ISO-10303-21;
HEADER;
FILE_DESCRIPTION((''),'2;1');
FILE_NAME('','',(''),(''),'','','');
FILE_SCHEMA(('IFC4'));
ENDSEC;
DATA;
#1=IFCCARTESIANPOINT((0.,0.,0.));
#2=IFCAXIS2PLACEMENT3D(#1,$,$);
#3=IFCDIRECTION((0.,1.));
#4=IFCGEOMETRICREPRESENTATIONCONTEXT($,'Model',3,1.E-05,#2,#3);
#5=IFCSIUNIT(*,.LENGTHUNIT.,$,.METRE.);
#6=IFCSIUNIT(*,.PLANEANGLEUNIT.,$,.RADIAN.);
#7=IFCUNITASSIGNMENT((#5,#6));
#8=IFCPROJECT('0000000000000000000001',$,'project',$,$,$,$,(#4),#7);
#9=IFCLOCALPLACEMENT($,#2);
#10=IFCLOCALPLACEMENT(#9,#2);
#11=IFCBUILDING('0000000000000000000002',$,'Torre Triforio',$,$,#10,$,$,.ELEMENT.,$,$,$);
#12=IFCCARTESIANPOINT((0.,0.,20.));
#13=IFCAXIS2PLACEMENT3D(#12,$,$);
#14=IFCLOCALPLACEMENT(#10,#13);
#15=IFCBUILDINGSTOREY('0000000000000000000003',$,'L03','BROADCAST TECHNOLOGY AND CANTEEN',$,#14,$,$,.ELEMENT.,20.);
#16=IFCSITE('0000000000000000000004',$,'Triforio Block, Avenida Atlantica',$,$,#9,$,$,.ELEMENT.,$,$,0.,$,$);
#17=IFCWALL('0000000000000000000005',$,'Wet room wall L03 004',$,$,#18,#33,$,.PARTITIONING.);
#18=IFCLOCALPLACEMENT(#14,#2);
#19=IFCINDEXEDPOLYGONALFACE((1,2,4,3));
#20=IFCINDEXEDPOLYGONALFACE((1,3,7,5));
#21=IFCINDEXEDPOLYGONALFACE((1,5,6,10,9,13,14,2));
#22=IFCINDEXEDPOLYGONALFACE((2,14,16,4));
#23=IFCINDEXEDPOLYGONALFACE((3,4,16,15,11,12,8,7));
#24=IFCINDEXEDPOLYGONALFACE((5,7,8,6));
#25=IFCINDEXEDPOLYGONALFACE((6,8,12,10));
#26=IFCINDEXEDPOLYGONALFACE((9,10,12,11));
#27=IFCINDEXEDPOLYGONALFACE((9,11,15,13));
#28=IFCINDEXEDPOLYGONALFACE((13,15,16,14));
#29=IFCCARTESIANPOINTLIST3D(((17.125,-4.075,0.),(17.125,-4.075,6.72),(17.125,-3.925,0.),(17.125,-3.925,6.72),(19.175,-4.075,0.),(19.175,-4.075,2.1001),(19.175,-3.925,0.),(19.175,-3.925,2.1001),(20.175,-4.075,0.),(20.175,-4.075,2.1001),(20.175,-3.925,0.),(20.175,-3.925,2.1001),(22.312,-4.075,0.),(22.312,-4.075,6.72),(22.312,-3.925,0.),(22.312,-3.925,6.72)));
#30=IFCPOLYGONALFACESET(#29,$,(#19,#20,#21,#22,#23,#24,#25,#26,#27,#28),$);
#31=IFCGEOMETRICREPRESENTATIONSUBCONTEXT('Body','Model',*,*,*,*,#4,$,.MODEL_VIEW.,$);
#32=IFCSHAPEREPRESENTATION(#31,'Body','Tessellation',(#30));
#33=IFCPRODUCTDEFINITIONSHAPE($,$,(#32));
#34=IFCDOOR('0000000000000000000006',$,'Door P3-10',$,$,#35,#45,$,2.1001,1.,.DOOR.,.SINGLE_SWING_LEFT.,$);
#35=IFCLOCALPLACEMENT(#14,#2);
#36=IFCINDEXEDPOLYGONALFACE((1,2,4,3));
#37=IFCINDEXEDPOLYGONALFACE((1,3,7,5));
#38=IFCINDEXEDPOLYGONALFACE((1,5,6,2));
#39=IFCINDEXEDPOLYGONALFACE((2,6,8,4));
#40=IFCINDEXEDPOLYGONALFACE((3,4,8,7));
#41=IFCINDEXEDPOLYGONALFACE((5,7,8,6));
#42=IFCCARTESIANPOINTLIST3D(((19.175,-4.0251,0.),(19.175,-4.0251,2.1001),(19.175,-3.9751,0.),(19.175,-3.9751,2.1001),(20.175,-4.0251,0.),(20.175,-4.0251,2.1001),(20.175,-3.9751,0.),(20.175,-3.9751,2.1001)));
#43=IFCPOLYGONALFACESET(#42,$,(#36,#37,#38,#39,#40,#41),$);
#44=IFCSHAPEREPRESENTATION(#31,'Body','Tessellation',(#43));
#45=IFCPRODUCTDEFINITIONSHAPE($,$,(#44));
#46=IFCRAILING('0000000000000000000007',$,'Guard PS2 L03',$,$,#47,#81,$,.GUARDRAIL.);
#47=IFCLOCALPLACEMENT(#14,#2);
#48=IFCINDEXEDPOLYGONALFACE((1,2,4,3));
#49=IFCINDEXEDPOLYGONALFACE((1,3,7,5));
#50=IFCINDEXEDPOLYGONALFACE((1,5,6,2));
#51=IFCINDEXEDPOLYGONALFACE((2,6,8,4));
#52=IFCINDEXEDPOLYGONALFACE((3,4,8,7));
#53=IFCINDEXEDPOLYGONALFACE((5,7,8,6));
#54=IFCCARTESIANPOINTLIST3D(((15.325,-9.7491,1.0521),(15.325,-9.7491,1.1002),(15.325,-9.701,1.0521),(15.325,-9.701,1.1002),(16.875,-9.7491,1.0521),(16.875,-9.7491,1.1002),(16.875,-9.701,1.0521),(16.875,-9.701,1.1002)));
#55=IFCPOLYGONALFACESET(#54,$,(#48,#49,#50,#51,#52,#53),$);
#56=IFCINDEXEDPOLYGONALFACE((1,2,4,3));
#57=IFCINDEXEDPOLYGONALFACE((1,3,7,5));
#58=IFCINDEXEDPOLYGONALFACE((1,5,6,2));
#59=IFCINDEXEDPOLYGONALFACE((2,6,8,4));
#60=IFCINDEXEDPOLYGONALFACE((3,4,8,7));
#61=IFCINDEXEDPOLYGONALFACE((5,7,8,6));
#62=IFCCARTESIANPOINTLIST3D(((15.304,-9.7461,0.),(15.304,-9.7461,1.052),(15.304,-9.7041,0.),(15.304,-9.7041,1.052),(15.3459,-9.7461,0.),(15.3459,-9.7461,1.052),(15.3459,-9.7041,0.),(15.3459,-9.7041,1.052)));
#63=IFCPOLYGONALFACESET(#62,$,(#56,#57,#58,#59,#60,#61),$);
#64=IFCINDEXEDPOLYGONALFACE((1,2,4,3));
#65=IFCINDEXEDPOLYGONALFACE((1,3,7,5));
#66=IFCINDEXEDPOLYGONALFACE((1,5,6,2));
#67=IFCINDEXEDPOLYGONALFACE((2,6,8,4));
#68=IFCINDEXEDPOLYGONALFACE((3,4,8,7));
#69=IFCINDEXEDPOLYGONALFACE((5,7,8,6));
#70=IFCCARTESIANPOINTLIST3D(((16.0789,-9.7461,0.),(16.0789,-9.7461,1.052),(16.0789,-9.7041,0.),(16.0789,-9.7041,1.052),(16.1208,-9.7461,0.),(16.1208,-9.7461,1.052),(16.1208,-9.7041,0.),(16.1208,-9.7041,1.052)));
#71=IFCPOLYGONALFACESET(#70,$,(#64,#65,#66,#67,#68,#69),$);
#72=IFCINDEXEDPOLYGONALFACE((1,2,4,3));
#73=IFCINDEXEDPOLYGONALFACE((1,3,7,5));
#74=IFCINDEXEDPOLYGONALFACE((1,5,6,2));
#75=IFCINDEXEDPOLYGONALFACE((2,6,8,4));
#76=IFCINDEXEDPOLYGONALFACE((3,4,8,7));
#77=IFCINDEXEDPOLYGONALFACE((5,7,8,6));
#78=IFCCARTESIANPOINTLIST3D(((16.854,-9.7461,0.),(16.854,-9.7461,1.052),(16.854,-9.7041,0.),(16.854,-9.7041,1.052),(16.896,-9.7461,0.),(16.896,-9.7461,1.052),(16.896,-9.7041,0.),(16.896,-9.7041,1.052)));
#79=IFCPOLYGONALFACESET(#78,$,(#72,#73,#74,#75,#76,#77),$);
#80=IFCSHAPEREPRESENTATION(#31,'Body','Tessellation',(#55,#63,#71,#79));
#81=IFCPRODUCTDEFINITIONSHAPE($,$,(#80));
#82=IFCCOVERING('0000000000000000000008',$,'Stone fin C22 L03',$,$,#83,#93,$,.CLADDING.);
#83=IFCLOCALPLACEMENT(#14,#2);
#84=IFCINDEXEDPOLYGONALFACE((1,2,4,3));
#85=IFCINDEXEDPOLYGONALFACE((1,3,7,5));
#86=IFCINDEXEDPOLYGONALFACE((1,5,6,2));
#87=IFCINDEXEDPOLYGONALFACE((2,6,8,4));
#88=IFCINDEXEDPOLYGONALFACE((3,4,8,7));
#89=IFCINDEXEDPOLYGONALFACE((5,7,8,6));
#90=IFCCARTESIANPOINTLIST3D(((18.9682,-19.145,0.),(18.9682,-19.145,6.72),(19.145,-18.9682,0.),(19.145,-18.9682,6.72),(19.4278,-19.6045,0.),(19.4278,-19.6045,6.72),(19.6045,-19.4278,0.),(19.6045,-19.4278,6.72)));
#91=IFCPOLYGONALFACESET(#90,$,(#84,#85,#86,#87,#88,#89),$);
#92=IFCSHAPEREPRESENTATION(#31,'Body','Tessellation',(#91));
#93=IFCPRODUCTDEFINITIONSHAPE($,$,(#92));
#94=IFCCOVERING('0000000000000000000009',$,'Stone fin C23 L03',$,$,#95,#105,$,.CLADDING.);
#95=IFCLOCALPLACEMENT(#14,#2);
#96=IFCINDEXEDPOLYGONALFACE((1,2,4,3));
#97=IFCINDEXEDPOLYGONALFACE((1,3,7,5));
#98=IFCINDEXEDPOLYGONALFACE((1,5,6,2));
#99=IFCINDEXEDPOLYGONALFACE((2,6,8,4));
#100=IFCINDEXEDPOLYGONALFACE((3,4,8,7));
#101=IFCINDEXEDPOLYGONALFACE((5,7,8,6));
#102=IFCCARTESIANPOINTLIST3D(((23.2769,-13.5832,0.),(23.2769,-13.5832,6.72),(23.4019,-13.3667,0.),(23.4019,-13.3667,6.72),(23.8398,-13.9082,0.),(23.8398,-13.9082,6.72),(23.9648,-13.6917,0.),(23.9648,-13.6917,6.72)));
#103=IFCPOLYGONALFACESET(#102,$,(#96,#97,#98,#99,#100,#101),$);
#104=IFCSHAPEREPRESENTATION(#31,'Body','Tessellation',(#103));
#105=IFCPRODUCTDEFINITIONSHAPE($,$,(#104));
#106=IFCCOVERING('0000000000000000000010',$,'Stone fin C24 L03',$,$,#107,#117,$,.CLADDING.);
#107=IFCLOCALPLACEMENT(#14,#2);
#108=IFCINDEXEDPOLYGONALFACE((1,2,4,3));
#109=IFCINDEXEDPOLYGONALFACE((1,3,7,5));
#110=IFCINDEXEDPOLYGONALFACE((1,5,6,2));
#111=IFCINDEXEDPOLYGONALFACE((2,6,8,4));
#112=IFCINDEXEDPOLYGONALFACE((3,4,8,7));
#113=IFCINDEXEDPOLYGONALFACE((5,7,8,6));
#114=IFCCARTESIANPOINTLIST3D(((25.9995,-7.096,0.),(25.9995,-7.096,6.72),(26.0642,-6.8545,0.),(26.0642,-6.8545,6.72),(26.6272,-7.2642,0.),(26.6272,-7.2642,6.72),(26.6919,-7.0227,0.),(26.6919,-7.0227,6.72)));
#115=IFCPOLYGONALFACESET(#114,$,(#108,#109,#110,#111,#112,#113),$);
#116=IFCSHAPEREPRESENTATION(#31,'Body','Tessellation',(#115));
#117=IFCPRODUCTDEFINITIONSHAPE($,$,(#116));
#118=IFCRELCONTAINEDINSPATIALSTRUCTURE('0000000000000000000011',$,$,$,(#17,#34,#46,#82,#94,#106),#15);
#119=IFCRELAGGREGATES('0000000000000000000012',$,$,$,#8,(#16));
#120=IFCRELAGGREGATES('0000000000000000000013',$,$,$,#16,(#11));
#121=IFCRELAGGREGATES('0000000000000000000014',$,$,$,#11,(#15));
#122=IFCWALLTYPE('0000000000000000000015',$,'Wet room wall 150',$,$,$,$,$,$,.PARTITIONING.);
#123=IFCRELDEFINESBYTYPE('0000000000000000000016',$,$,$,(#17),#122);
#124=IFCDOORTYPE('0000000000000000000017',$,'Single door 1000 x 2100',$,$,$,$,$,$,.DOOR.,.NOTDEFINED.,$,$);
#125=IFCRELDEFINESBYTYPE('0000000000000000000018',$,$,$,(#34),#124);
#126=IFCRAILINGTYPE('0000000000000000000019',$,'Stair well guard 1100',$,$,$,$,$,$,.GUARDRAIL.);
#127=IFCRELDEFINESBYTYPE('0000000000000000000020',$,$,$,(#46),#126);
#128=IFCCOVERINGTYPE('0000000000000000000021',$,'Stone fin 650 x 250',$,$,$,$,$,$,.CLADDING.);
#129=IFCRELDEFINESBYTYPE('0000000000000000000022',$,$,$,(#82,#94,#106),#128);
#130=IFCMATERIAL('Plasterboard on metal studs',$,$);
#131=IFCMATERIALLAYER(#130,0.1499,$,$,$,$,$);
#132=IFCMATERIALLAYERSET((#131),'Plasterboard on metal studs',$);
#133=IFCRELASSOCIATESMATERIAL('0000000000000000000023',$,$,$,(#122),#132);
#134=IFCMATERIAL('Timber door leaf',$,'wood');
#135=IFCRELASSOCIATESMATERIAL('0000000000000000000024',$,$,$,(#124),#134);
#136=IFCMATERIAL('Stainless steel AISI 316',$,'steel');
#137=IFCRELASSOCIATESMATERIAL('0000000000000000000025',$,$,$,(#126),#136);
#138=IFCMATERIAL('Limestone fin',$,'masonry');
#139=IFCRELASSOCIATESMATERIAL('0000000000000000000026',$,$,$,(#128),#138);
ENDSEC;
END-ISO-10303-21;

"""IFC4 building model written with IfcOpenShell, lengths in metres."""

from ifc_helpers import new_model, si_unit, direction, frame, frame_2d, origin, origin_2d, place, context, subcontext, project, spatial, rectangle, extrude, material, layer, layer_set, material_profile, profile_set, type_object, element, fill, save


model = new_model("IFC4")

# Units and contexts
model_context = context("Model", 3, precision=1e-05, world=origin(), true_north=direction((0.0, 1.0)))
body_context = subcontext(model_context, "Body", "Model", "MODEL_VIEW")
ifc_project = project(units=[si_unit("LENGTHUNIT", "METRE"), si_unit("PLANEANGLEUNIT", "RADIAN")], contexts=[model_context])

# Site, building, storey
site_placement = place(None, origin())
site = spatial("IfcSite", under=ifc_project, at=site_placement, Name="Triforio Block, Avenida Atlantica", CompositionType="ELEMENT", RefElevation=0.0)
building_placement = place(site_placement, origin())
building = spatial("IfcBuilding", under=site, at=building_placement, Name="Torre Triforio", CompositionType="ELEMENT")
storey_placement = place(building_placement, frame((0.0, 0.0, 20.0)))
storey = spatial("IfcBuildingStorey", under=building, at=storey_placement, Name="L03", Description="BROADCAST TECHNOLOGY AND CANTEEN", CompositionType="ELEMENT", Elevation=20.0)

# Wall, opening, door
ifc_material_1 = material(Name="Plasterboard on metal studs")
ifc_layer_1 = layer(ifc_material_1, 0.1499)
ifc_layer_set_1 = layer_set([ifc_layer_1], Name="Plasterboard on metal studs")
wall_type_1 = type_object("IfcWallType", Name="Wet room wall 150", PredefinedType="PARTITIONING", material=ifc_layer_set_1)
wall_1_placement = place(storey_placement, frame((17.125, -4.0, 0.0), z_axis=(0.0, 0.0, 1.0), x_axis=(1.0, 0.0, 0.0)))
wall_1 = element("IfcWall", 1, at=wall_1_placement, inside=storey, type_object=wall_type_1, Name="Wet room wall L03 004", PredefinedType="PARTITIONING", context=body_context, shape_type="SweptSolid", body=[
    extrude(rectangle(XDim=5.187, YDim=0.1499, at=frame_2d((2.5935, 0.0))), origin(), (0.0, 0.0, 1.0), 6.72),
])
opening_1_placement = place(wall_1_placement, frame((2.05, 0.0, 0.0)))
opening_1 = element("IfcOpeningElement", 2, at=opening_1_placement, cuts=wall_1, PredefinedType="OPENING", context=body_context, shape_type="SweptSolid", body=[
    extrude(rectangle(XDim=1.0, YDim=2.1001, at=frame_2d((0.5, 1.05))), frame((0.0, 0.085, 0.0), z_axis=(0.0, -1.0, 0.0), x_axis=(1.0, 0.0, 0.0)), (0.0, 0.0, 1.0), 0.1699),
])
ifc_material_2 = material(Name="Timber door leaf", Category="wood")
door_type_1 = type_object("IfcDoorType", Name="Single door 1000 x 2100", OperationType="NOTDEFINED", PredefinedType="DOOR", material=ifc_material_2)
door_1_placement = place(opening_1_placement, origin())
door_1 = element("IfcDoor", 3, at=door_1_placement, inside=storey, type_object=door_type_1, Name="Door P3-10", OperationType="SINGLE_SWING_LEFT", OverallHeight=2.1001, OverallWidth=1.0, PredefinedType="DOOR", context=body_context, shape_type="SweptSolid", body=[
    extrude(rectangle(XDim=1.0, YDim=2.1001, at=frame_2d((0.5, 1.05))), frame((0.0, 0.0249, 0.0), z_axis=(0.0, -1.0, 0.0), x_axis=(1.0, 0.0, 0.0)), (0.0, 0.0, 1.0), 0.05),
])
fill(opening_1, door_1)

# Railing
ifc_material_3 = material(Name="Stainless steel AISI 316", Category="steel")
railing_type = type_object("IfcRailingType", Name="Stair well guard 1100", PredefinedType="GUARDRAIL", material=ifc_material_3)
railing_placement = place(storey_placement, frame((15.325, -9.7251, 0.0)))
element("IfcRailing", 4, at=railing_placement, inside=storey, type_object=railing_type, Name="Guard PS2 L03", PredefinedType="GUARDRAIL", context=body_context, shape_type="SweptSolid", body=[
    extrude(rectangle(XDim=0.0481, YDim=0.0481, at=origin_2d()), frame((0.0, 0.0, 1.0762), z_axis=(1.0, 0.0, 0.0), x_axis=(0.0, 1.0, 0.0)), (0.0, 0.0, 1.0), 1.55),
    extrude(rectangle(XDim=0.042, YDim=0.042, at=origin_2d()), origin(), (0.0, 0.0, 1.0), 1.052),
    extrude(rectangle(XDim=0.042, YDim=0.042, at=origin_2d()), frame((0.7749, 0.0, 0.0)), (0.0, 0.0, 1.0), 1.052),
    extrude(rectangle(XDim=0.042, YDim=0.042, at=origin_2d()), frame((1.55, 0.0, 0.0)), (0.0, 0.0, 1.0), 1.052),
])

# Coverings
ifc_material_4 = material(Name="Limestone fin", Category="masonry")
ifc_material_profile_1 = material_profile(ifc_material_4, rectangle(XDim=0.6499, YDim=0.25, at=origin_2d()), Name="FIN 650x250")
ifc_profile_set_1 = profile_set([ifc_material_profile_1], Name="Limestone fin")
covering_type = type_object("IfcCoveringType", Name="Stone fin 650 x 250", PredefinedType="CLADDING", material=ifc_profile_set_1)
for number, where, z_axis, x_axis, name in (
    (5, (19.2864, -19.2864, 0.0), (0.0, 0.0, 1.0), (0.707107, -0.707107, 0.0), "Stone fin C22 L03"),
    (6, (23.6208, -13.6375, 0.0), (0.0, 0.0, 1.0), (0.866025, -0.5, 0.0), "Stone fin C23 L03"),
    (7, (26.3457, -7.0593, 0.0), (0.0, 0.0, 1.0), (0.965926, -0.258819, 0.0), "Stone fin C24 L03"),
):
    element("IfcCovering", number, at=place(storey_placement, frame(where, z_axis=z_axis, x_axis=x_axis)), inside=storey, type_object=covering_type, Name=name, PredefinedType="CLADDING", context=body_context, shape_type="SweptSolid", body=[
        extrude(rectangle(XDim=0.6499, YDim=0.25, at=origin_2d()), origin(), (0.0, 0.0, 1.0), 6.72),
    ])

save(model, "model.ifc")
